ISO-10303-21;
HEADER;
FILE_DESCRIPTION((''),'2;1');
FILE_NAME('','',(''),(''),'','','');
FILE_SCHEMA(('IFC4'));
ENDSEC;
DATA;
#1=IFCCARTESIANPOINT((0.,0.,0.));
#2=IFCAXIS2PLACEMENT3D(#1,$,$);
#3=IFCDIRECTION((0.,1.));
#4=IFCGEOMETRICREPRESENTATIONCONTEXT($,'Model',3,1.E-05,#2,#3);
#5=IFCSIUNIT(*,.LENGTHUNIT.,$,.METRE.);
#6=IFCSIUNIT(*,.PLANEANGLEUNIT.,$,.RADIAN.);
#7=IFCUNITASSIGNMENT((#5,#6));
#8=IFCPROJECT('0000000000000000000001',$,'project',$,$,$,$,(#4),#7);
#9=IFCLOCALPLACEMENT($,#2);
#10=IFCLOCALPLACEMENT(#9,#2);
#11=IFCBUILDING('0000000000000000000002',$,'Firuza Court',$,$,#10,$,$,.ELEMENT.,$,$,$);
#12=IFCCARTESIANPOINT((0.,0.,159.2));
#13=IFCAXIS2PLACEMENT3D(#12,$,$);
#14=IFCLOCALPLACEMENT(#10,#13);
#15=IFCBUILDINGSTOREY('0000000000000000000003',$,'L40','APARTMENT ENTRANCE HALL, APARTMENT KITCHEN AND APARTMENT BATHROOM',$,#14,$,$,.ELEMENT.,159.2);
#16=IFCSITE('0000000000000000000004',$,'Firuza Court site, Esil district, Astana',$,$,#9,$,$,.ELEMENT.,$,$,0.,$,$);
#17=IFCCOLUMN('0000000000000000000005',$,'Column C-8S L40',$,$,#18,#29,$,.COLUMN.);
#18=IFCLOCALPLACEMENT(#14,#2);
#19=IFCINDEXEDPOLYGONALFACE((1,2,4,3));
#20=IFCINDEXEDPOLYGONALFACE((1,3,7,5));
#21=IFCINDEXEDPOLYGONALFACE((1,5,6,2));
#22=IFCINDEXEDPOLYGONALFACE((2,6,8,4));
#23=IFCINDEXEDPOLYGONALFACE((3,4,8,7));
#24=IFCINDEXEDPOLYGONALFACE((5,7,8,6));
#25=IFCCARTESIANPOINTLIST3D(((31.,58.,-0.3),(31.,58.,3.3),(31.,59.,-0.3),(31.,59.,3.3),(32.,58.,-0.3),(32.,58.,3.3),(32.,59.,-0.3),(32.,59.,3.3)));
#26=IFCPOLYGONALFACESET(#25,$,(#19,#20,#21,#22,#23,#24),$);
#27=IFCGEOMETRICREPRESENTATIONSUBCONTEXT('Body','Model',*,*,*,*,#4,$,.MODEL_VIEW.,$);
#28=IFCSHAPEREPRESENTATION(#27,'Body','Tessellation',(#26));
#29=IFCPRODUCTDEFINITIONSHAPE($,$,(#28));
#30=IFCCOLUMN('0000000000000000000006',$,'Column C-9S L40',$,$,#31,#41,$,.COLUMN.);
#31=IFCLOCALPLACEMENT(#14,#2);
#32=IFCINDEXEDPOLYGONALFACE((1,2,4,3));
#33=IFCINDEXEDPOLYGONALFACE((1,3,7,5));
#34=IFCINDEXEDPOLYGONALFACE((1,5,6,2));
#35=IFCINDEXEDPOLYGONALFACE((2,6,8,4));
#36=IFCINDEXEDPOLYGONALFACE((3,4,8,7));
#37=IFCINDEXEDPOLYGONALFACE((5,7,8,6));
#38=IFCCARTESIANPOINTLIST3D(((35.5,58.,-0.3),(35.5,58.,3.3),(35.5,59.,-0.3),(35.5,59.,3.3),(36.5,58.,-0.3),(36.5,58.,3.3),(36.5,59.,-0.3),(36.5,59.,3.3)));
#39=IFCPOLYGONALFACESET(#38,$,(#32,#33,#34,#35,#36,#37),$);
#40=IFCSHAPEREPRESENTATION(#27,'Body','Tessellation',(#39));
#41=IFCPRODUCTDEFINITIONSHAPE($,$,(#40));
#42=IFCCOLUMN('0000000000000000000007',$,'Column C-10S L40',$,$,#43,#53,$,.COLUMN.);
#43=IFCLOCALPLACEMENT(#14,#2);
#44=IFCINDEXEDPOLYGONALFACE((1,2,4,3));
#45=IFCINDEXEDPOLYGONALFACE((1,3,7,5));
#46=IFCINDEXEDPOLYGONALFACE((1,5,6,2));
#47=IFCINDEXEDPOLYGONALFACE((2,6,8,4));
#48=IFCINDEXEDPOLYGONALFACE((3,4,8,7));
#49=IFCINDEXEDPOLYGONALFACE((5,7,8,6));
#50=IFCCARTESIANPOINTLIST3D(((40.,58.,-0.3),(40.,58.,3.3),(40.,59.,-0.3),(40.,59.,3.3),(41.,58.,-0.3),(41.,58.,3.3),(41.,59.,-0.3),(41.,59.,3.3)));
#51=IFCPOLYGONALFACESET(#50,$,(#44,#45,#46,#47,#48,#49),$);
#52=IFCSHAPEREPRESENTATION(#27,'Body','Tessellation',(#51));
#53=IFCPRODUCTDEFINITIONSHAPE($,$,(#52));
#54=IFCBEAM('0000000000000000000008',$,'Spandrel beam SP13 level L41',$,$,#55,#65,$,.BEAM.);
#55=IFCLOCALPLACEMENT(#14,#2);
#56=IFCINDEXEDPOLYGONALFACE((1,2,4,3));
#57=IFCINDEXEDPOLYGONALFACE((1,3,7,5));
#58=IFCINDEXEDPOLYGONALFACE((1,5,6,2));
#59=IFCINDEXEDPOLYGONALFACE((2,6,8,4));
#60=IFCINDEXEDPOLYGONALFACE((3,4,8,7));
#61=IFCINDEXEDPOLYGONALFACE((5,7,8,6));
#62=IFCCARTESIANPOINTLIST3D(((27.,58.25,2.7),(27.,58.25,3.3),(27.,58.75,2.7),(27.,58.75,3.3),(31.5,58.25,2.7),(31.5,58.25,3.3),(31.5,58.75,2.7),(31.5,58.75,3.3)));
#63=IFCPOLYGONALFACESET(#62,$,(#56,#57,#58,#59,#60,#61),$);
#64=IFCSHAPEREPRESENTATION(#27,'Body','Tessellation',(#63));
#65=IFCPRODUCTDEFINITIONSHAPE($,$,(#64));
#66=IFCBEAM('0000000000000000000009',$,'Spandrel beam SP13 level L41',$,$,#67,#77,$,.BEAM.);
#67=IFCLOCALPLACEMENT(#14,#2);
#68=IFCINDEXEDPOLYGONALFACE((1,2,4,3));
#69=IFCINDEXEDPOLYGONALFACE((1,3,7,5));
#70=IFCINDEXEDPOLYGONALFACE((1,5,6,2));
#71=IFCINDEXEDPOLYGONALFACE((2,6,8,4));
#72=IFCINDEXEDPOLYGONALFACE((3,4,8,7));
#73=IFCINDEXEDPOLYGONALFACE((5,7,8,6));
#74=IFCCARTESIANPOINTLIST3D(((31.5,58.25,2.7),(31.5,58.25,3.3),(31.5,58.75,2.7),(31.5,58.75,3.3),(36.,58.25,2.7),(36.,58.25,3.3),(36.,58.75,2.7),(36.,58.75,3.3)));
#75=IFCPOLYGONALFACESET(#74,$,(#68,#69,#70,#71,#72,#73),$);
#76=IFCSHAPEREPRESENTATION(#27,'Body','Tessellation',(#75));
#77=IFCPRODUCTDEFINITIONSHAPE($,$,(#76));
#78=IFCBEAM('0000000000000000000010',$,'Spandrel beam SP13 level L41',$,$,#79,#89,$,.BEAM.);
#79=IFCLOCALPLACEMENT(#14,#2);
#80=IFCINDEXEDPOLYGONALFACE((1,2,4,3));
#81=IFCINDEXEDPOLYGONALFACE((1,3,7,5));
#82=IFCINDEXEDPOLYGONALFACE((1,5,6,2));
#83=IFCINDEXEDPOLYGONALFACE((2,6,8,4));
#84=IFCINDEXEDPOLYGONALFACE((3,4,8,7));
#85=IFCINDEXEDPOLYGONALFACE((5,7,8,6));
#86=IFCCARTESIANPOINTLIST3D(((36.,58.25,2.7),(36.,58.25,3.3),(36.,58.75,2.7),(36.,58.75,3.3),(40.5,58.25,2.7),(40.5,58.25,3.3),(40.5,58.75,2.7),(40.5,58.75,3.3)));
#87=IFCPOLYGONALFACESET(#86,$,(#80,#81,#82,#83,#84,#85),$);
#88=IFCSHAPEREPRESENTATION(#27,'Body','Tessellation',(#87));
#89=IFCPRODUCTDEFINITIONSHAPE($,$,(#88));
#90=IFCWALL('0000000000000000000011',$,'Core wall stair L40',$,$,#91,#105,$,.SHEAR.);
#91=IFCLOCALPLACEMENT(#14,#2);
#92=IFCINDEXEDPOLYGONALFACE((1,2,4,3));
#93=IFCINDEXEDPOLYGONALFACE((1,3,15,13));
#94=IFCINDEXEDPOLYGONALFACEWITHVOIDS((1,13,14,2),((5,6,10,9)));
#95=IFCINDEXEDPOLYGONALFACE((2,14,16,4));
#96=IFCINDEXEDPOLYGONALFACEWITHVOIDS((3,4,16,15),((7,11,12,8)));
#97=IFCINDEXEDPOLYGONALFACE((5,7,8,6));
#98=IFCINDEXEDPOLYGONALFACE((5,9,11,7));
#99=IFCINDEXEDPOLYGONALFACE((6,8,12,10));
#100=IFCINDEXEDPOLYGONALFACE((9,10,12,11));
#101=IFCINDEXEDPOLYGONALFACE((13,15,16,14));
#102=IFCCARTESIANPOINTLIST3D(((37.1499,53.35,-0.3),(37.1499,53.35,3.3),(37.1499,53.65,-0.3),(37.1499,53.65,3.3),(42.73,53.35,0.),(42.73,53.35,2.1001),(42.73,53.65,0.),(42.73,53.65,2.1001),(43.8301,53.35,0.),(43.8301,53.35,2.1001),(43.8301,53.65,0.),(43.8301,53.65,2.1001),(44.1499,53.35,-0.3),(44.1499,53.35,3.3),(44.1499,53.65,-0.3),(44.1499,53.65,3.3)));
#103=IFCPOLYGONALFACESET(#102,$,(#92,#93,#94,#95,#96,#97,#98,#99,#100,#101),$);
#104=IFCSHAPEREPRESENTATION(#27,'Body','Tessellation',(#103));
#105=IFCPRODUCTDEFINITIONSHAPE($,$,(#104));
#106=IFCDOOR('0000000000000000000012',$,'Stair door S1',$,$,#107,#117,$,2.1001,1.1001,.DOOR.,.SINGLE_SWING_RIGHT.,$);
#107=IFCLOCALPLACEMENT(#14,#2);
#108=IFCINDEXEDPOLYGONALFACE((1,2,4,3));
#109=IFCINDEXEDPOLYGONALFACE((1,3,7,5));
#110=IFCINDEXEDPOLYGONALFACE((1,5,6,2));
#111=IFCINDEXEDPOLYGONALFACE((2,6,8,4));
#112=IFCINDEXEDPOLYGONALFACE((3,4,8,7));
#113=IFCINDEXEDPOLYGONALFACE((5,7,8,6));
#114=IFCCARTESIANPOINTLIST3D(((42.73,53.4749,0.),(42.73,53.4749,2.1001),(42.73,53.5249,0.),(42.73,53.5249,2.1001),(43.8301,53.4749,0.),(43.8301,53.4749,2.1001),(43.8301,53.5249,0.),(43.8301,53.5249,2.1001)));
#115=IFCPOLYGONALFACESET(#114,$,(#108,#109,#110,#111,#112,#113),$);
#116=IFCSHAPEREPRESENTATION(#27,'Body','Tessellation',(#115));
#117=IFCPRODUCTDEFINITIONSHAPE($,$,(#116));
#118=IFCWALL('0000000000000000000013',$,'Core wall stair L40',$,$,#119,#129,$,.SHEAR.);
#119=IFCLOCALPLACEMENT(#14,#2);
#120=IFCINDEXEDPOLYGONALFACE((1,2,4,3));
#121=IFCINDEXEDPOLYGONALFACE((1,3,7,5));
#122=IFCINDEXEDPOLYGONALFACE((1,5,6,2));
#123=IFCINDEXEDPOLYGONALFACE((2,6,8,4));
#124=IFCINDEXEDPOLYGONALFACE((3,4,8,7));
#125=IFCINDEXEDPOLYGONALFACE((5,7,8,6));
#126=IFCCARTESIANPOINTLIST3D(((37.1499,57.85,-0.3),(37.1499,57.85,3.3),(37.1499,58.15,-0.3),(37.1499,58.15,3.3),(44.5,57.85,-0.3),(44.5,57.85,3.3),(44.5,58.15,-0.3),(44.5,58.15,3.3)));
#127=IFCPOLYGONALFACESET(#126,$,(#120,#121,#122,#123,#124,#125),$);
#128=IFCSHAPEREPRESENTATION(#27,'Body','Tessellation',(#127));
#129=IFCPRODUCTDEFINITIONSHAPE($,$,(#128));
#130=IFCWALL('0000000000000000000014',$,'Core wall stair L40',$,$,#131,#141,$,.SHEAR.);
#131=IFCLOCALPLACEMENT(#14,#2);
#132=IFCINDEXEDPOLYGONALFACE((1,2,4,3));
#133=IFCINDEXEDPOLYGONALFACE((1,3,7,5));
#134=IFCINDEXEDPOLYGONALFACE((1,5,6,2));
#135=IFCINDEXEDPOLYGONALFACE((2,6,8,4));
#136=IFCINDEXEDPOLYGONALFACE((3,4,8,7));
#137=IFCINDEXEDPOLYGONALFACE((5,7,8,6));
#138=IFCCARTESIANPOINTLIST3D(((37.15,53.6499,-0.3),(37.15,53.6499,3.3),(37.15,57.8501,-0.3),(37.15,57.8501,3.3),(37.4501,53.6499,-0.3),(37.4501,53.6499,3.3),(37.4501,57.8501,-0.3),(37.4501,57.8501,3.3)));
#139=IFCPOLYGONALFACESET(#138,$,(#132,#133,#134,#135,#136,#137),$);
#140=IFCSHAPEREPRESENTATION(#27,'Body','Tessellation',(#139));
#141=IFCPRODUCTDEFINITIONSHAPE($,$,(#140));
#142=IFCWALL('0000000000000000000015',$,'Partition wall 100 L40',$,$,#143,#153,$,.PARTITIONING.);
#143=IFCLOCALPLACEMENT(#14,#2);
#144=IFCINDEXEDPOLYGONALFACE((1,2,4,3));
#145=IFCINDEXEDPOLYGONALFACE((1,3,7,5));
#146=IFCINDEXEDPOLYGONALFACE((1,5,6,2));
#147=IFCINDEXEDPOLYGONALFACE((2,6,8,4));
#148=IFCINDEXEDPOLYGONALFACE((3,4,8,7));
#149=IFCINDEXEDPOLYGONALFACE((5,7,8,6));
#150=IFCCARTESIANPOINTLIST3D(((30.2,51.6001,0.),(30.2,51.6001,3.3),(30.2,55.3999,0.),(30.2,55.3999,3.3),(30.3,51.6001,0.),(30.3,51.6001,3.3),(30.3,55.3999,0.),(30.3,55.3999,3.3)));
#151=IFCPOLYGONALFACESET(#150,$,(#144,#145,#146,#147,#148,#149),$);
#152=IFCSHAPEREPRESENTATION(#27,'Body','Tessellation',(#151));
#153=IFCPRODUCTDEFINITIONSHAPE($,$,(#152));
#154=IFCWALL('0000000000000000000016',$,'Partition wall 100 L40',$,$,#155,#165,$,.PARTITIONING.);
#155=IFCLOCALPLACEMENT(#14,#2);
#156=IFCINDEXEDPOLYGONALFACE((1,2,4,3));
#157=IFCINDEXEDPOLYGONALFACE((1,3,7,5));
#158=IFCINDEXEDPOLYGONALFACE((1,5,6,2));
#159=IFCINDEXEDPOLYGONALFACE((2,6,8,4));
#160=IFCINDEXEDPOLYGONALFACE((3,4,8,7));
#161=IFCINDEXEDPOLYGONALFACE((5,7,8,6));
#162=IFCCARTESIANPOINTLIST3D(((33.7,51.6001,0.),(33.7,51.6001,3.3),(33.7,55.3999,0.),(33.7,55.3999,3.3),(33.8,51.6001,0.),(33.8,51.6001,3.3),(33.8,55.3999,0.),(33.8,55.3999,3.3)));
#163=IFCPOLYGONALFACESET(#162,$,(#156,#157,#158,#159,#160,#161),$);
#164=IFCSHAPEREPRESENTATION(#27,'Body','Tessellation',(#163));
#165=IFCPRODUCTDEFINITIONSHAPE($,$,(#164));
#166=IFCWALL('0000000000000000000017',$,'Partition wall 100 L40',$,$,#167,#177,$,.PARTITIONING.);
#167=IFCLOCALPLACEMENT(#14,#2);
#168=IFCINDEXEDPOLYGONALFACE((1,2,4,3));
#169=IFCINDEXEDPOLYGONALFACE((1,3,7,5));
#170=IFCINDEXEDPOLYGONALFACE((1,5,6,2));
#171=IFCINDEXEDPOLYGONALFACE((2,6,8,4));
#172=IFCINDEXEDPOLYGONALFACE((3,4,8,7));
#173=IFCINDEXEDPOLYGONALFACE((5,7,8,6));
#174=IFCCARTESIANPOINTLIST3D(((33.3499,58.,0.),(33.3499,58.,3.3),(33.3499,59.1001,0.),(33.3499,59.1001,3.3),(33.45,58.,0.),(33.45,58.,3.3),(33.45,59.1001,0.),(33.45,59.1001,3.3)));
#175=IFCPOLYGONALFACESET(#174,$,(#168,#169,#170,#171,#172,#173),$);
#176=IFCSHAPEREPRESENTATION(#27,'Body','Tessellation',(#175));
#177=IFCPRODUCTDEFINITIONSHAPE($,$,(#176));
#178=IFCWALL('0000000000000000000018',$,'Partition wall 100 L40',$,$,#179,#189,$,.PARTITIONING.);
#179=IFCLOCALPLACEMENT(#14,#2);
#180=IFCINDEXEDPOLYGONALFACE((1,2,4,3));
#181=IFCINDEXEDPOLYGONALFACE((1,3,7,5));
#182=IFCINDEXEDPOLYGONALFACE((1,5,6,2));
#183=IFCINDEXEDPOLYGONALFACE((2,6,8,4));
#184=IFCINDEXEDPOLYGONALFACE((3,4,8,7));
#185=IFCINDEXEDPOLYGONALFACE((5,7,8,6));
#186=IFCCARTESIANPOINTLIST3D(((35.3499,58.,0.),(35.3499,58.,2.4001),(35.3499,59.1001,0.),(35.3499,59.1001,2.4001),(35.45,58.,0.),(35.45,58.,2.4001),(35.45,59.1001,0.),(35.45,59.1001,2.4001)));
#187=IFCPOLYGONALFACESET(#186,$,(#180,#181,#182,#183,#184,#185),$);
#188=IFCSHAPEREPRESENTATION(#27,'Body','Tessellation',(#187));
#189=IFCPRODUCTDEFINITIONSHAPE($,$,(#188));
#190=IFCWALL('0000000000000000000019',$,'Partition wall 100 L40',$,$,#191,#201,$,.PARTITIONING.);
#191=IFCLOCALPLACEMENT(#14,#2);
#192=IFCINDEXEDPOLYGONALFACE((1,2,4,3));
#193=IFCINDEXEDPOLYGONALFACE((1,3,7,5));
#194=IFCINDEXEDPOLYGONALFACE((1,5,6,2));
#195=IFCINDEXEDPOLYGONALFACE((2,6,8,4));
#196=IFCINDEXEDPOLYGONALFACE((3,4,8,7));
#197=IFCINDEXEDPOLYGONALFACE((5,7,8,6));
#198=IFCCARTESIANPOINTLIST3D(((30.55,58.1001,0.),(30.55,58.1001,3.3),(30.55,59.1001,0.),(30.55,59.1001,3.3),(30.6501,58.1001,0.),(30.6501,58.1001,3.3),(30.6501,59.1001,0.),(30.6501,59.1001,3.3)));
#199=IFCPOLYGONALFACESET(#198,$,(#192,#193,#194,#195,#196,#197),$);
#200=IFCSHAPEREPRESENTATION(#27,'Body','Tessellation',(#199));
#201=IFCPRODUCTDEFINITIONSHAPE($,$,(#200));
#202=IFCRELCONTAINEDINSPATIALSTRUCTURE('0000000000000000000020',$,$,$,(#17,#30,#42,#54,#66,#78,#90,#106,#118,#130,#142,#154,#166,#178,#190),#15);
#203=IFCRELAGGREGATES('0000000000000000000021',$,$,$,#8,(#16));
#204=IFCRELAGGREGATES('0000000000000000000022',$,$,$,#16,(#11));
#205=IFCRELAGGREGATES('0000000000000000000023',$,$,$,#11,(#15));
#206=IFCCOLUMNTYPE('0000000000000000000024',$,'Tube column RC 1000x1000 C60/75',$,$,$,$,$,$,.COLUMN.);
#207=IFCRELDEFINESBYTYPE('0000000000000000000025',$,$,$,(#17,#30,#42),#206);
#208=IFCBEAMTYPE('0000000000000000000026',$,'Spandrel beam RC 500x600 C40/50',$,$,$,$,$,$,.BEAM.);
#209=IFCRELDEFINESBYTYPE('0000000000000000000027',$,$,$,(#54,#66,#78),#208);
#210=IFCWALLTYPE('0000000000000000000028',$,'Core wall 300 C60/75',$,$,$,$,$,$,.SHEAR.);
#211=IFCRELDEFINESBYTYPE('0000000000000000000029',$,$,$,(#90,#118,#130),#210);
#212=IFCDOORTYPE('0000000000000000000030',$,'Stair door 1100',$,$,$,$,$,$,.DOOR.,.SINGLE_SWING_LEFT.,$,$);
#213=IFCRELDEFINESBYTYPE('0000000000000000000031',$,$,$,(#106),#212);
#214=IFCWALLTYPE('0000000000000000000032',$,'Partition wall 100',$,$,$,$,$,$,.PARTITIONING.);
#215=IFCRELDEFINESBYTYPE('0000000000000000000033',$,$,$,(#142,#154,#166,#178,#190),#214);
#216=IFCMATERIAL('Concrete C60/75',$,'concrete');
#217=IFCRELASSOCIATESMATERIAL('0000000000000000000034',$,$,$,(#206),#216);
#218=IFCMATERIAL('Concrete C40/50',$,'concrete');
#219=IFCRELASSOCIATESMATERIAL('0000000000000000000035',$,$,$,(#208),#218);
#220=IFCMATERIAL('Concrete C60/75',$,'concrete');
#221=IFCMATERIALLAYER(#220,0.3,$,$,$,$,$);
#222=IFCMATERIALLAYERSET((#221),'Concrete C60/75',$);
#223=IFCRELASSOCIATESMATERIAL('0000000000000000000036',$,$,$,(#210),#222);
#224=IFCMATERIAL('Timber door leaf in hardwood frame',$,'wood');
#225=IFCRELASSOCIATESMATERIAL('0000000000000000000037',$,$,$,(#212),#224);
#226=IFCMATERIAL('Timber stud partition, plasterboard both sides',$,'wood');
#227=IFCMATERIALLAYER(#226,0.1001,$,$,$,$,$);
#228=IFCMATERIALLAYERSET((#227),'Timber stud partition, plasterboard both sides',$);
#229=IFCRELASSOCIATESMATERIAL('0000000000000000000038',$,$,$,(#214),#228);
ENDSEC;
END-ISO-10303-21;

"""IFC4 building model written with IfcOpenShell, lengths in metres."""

from ifc_helpers import new_model, si_unit, direction, frame, frame_2d, origin, origin_2d, place, context, subcontext, project, spatial, rectangle, extrude, material, layer, layer_set, material_profile, profile_set, type_object, element, fill, save


model = new_model("IFC4")

# Units and contexts
model_context = context("Model", 3, precision=1e-05, world=origin(), true_north=direction((0.0, 1.0)))
body_context = subcontext(model_context, "Body", "Model", "MODEL_VIEW")
ifc_project = project(units=[si_unit("LENGTHUNIT", "METRE"), si_unit("PLANEANGLEUNIT", "RADIAN")], contexts=[model_context])

# Site, building, storey
site_placement = place(None, origin())
site = spatial("IfcSite", under=ifc_project, at=site_placement, Name="Firuza Court site, Esil district, Astana", CompositionType="ELEMENT", RefElevation=0.0)
building_placement = place(site_placement, origin())
building = spatial("IfcBuilding", under=site, at=building_placement, Name="Firuza Court", CompositionType="ELEMENT")
storey_placement = place(building_placement, frame((0.0, 0.0, 159.2)))
storey = spatial("IfcBuildingStorey", under=building, at=storey_placement, Name="L40", Description="APARTMENT ENTRANCE HALL, APARTMENT KITCHEN AND APARTMENT BATHROOM", CompositionType="ELEMENT", Elevation=159.2)

# Columns
ifc_material_1 = material(Name="Concrete C60/75", Category="concrete")
ifc_material_profile_1 = material_profile(ifc_material_1, rectangle(XDim=1.0, YDim=1.0, at=origin_2d()), Name="RC 1000x1000")
ifc_profile_set_1 = profile_set([ifc_material_profile_1], Name="Concrete C60/75")
column_type = type_object("IfcColumnType", Name="Tube column RC 1000x1000 C60/75", PredefinedType="COLUMN", material=ifc_profile_set_1)
for number, where, z_axis, x_axis, name in (
    (1, (31.5, 58.5, -0.3), (0.0, 0.0, 1.0), (1.0, 0.0, 0.0), "Column C-8S L40"),
    (2, (36.0, 58.5, -0.3), (0.0, 0.0, 1.0), (1.0, 0.0, 0.0), "Column C-9S L40"),
    (3, (40.5, 58.5, -0.3), (0.0, 0.0, 1.0), (1.0, 0.0, 0.0), "Column C-10S L40"),
):
    element("IfcColumn", number, at=place(storey_placement, frame(where, z_axis=z_axis, x_axis=x_axis)), inside=storey, type_object=column_type, Name=name, PredefinedType="COLUMN", context=body_context, shape_type="SweptSolid", body=[
        extrude(rectangle(XDim=1.0, YDim=1.0, at=origin_2d()), origin(), (0.0, 0.0, 1.0), 3.6001),
    ])

# Beams
ifc_material_2 = material(Name="Concrete C40/50", Category="concrete")
ifc_material_profile_2 = material_profile(ifc_material_2, rectangle(XDim=0.5, YDim=0.6001, at=origin_2d()), Name="RC 500x600")
ifc_profile_set_2 = profile_set([ifc_material_profile_2], Name="Concrete C40/50")
beam_type = type_object("IfcBeamType", Name="Spandrel beam RC 500x600 C40/50", PredefinedType="BEAM", material=ifc_profile_set_2)
for number, where, z_axis, x_axis, name in (
    (4, (31.5, 58.5, 3.0), (-1.0, 0.0, 0.0), (0.0, -1.0, 0.0), "Spandrel beam SP13 level L41"),
    (5, (36.0, 58.5, 3.0), (-1.0, 0.0, 0.0), (0.0, -1.0, 0.0), "Spandrel beam SP13 level L41"),
    (6, (40.5, 58.5, 3.0), (-1.0, 0.0, 0.0), (0.0, -1.0, 0.0), "Spandrel beam SP13 level L41"),
):
    element("IfcBeam", number, at=place(storey_placement, frame(where, z_axis=z_axis, x_axis=x_axis)), inside=storey, type_object=beam_type, Name=name, PredefinedType="BEAM", context=body_context, shape_type="SweptSolid", body=[
        extrude(rectangle(XDim=0.5, YDim=0.6001, at=origin_2d()), origin(), (0.0, 0.0, 1.0), 4.5),
    ])

# Wall, opening, door
ifc_material_3 = material(Name="Concrete C60/75", Category="concrete")
ifc_layer_1 = layer(ifc_material_3, 0.3)
ifc_layer_set_1 = layer_set([ifc_layer_1], Name="Concrete C60/75")
wall_type_1 = type_object("IfcWallType", Name="Core wall 300 C60/75", PredefinedType="SHEAR", material=ifc_layer_set_1)
wall_1_placement = place(storey_placement, frame((37.1499, 53.5, -0.3), z_axis=(0.0, 0.0, 1.0), x_axis=(1.0, 0.0, 0.0)))
wall_1 = element("IfcWall", 7, at=wall_1_placement, inside=storey, type_object=wall_type_1, Name="Core wall stair L40", PredefinedType="SHEAR", context=body_context, shape_type="SweptSolid", body=[
    extrude(rectangle(XDim=7.0, YDim=0.3, at=frame_2d((3.5, 0.0))), origin(), (0.0, 0.0, 1.0), 3.6001),
])
opening_1_placement = place(wall_1_placement, frame((5.5801, 0.0, 0.3)))
opening_1 = element("IfcOpeningElement", 8, at=opening_1_placement, cuts=wall_1, PredefinedType="OPENING", context=body_context, shape_type="SweptSolid", body=[
    extrude(rectangle(XDim=1.1001, YDim=2.1001, at=frame_2d((0.55, 1.05))), frame((0.0, 0.1621, 0.0), z_axis=(0.0, -1.0, 0.0), x_axis=(1.0, 0.0, 0.0)), (0.0, 0.0, 1.0), 0.324),
])
ifc_material_4 = material(Name="Timber door leaf in hardwood frame", Category="wood")
door_type_1 = type_object("IfcDoorType", Name="Stair door 1100", OperationType="SINGLE_SWING_LEFT", PredefinedType="DOOR", material=ifc_material_4)
door_1_placement = place(opening_1_placement, origin())
door_1 = element("IfcDoor", 9, at=door_1_placement, inside=storey, type_object=door_type_1, Name="Stair door S1", OperationType="SINGLE_SWING_RIGHT", OverallHeight=2.1001, OverallWidth=1.1001, PredefinedType="DOOR", context=body_context, shape_type="SweptSolid", body=[
    extrude(rectangle(XDim=1.1001, YDim=2.1001, at=frame_2d((0.55, 1.05))), frame((0.0, 0.0249, 0.0), z_axis=(0.0, -1.0, 0.0), x_axis=(1.0, 0.0, 0.0)), (0.0, 0.0, 1.0), 0.05),
])
fill(opening_1, door_1)

# Walls
wall_2_placement = place(storey_placement, frame((37.1499, 58.0, -0.3), z_axis=(0.0, 0.0, 1.0), x_axis=(1.0, 0.0, 0.0)))
element("IfcWall", 10, at=wall_2_placement, inside=storey, type_object=wall_type_1, Name="Core wall stair L40", PredefinedType="SHEAR", context=body_context, shape_type="SweptSolid", body=[
    extrude(rectangle(XDim=7.3501, YDim=0.3, at=frame_2d((3.675, 0.0))), origin(), (0.0, 0.0, 1.0), 3.6001),
])
wall_3_placement = place(storey_placement, frame((37.3, 53.6499, -0.3), z_axis=(0.0, 0.0, 1.0), x_axis=(0.0, 1.0, 0.0)))
element("IfcWall", 11, at=wall_3_placement, inside=storey, type_object=wall_type_1, Name="Core wall stair L40", PredefinedType="SHEAR", context=body_context, shape_type="SweptSolid", body=[
    extrude(rectangle(XDim=4.2002, YDim=0.3, at=frame_2d((2.1001, 0.0))), origin(), (0.0, 0.0, 1.0), 3.6001),
])
ifc_material_5 = material(Name="Timber stud partition, plasterboard both sides", Category="wood")
ifc_layer_2 = layer(ifc_material_5, 0.1001)
ifc_layer_set_2 = layer_set([ifc_layer_2], Name="Timber stud partition, plasterboard both sides")
wall_type_2 = type_object("IfcWallType", Name="Partition wall 100", PredefinedType="PARTITIONING", material=ifc_layer_set_2)
for number, where, z_axis, x_axis, name in (
    (12, (30.25, 51.6001, 0.0), (0.0, 0.0, 1.0), (0.0, 1.0, 0.0), "Partition wall 100 L40"),
    (13, (33.75, 51.6001, 0.0), (0.0, 0.0, 1.0), (0.0, 1.0, 0.0), "Partition wall 100 L40"),
):
    element("IfcWall", number, at=place(storey_placement, frame(where, z_axis=z_axis, x_axis=x_axis)), inside=storey, type_object=wall_type_2, Name=name, PredefinedType="PARTITIONING", context=body_context, shape_type="SweptSolid", body=[
        extrude(rectangle(XDim=3.7998, YDim=0.1001, at=frame_2d((1.8999, 0.0))), origin(), (0.0, 0.0, 1.0), 3.3),
    ])
wall_4_placement = place(storey_placement, frame((33.3999, 58.0, 0.0), z_axis=(0.0, 0.0, 1.0), x_axis=(0.0, 1.0, 0.0)))
element("IfcWall", 14, at=wall_4_placement, inside=storey, type_object=wall_type_2, Name="Partition wall 100 L40", PredefinedType="PARTITIONING", context=body_context, shape_type="SweptSolid", body=[
    extrude(rectangle(XDim=1.1001, YDim=0.1001, at=frame_2d((0.55, 0.0))), origin(), (0.0, 0.0, 1.0), 3.3),
])
wall_5_placement = place(storey_placement, frame((35.3999, 58.0, 0.0), z_axis=(0.0, 0.0, 1.0), x_axis=(0.0, 1.0, 0.0)))
element("IfcWall", 15, at=wall_5_placement, inside=storey, type_object=wall_type_2, Name="Partition wall 100 L40", PredefinedType="PARTITIONING", context=body_context, shape_type="SweptSolid", body=[
    extrude(rectangle(XDim=1.1001, YDim=0.1001, at=frame_2d((0.55, 0.0))), origin(), (0.0, 0.0, 1.0), 2.4001),
])
wall_6_placement = place(storey_placement, frame((30.6001, 58.1001, 0.0), z_axis=(0.0, 0.0, 1.0), x_axis=(0.0, 1.0, 0.0)))
element("IfcWall", 16, at=wall_6_placement, inside=storey, type_object=wall_type_2, Name="Partition wall 100 L40", PredefinedType="PARTITIONING", context=body_context, shape_type="SweptSolid", body=[
    extrude(rectangle(XDim=1.0, YDim=0.1001, at=frame_2d((0.5, 0.0))), origin(), (0.0, 0.0, 1.0), 3.3),
])

save(model, "model.ifc")
